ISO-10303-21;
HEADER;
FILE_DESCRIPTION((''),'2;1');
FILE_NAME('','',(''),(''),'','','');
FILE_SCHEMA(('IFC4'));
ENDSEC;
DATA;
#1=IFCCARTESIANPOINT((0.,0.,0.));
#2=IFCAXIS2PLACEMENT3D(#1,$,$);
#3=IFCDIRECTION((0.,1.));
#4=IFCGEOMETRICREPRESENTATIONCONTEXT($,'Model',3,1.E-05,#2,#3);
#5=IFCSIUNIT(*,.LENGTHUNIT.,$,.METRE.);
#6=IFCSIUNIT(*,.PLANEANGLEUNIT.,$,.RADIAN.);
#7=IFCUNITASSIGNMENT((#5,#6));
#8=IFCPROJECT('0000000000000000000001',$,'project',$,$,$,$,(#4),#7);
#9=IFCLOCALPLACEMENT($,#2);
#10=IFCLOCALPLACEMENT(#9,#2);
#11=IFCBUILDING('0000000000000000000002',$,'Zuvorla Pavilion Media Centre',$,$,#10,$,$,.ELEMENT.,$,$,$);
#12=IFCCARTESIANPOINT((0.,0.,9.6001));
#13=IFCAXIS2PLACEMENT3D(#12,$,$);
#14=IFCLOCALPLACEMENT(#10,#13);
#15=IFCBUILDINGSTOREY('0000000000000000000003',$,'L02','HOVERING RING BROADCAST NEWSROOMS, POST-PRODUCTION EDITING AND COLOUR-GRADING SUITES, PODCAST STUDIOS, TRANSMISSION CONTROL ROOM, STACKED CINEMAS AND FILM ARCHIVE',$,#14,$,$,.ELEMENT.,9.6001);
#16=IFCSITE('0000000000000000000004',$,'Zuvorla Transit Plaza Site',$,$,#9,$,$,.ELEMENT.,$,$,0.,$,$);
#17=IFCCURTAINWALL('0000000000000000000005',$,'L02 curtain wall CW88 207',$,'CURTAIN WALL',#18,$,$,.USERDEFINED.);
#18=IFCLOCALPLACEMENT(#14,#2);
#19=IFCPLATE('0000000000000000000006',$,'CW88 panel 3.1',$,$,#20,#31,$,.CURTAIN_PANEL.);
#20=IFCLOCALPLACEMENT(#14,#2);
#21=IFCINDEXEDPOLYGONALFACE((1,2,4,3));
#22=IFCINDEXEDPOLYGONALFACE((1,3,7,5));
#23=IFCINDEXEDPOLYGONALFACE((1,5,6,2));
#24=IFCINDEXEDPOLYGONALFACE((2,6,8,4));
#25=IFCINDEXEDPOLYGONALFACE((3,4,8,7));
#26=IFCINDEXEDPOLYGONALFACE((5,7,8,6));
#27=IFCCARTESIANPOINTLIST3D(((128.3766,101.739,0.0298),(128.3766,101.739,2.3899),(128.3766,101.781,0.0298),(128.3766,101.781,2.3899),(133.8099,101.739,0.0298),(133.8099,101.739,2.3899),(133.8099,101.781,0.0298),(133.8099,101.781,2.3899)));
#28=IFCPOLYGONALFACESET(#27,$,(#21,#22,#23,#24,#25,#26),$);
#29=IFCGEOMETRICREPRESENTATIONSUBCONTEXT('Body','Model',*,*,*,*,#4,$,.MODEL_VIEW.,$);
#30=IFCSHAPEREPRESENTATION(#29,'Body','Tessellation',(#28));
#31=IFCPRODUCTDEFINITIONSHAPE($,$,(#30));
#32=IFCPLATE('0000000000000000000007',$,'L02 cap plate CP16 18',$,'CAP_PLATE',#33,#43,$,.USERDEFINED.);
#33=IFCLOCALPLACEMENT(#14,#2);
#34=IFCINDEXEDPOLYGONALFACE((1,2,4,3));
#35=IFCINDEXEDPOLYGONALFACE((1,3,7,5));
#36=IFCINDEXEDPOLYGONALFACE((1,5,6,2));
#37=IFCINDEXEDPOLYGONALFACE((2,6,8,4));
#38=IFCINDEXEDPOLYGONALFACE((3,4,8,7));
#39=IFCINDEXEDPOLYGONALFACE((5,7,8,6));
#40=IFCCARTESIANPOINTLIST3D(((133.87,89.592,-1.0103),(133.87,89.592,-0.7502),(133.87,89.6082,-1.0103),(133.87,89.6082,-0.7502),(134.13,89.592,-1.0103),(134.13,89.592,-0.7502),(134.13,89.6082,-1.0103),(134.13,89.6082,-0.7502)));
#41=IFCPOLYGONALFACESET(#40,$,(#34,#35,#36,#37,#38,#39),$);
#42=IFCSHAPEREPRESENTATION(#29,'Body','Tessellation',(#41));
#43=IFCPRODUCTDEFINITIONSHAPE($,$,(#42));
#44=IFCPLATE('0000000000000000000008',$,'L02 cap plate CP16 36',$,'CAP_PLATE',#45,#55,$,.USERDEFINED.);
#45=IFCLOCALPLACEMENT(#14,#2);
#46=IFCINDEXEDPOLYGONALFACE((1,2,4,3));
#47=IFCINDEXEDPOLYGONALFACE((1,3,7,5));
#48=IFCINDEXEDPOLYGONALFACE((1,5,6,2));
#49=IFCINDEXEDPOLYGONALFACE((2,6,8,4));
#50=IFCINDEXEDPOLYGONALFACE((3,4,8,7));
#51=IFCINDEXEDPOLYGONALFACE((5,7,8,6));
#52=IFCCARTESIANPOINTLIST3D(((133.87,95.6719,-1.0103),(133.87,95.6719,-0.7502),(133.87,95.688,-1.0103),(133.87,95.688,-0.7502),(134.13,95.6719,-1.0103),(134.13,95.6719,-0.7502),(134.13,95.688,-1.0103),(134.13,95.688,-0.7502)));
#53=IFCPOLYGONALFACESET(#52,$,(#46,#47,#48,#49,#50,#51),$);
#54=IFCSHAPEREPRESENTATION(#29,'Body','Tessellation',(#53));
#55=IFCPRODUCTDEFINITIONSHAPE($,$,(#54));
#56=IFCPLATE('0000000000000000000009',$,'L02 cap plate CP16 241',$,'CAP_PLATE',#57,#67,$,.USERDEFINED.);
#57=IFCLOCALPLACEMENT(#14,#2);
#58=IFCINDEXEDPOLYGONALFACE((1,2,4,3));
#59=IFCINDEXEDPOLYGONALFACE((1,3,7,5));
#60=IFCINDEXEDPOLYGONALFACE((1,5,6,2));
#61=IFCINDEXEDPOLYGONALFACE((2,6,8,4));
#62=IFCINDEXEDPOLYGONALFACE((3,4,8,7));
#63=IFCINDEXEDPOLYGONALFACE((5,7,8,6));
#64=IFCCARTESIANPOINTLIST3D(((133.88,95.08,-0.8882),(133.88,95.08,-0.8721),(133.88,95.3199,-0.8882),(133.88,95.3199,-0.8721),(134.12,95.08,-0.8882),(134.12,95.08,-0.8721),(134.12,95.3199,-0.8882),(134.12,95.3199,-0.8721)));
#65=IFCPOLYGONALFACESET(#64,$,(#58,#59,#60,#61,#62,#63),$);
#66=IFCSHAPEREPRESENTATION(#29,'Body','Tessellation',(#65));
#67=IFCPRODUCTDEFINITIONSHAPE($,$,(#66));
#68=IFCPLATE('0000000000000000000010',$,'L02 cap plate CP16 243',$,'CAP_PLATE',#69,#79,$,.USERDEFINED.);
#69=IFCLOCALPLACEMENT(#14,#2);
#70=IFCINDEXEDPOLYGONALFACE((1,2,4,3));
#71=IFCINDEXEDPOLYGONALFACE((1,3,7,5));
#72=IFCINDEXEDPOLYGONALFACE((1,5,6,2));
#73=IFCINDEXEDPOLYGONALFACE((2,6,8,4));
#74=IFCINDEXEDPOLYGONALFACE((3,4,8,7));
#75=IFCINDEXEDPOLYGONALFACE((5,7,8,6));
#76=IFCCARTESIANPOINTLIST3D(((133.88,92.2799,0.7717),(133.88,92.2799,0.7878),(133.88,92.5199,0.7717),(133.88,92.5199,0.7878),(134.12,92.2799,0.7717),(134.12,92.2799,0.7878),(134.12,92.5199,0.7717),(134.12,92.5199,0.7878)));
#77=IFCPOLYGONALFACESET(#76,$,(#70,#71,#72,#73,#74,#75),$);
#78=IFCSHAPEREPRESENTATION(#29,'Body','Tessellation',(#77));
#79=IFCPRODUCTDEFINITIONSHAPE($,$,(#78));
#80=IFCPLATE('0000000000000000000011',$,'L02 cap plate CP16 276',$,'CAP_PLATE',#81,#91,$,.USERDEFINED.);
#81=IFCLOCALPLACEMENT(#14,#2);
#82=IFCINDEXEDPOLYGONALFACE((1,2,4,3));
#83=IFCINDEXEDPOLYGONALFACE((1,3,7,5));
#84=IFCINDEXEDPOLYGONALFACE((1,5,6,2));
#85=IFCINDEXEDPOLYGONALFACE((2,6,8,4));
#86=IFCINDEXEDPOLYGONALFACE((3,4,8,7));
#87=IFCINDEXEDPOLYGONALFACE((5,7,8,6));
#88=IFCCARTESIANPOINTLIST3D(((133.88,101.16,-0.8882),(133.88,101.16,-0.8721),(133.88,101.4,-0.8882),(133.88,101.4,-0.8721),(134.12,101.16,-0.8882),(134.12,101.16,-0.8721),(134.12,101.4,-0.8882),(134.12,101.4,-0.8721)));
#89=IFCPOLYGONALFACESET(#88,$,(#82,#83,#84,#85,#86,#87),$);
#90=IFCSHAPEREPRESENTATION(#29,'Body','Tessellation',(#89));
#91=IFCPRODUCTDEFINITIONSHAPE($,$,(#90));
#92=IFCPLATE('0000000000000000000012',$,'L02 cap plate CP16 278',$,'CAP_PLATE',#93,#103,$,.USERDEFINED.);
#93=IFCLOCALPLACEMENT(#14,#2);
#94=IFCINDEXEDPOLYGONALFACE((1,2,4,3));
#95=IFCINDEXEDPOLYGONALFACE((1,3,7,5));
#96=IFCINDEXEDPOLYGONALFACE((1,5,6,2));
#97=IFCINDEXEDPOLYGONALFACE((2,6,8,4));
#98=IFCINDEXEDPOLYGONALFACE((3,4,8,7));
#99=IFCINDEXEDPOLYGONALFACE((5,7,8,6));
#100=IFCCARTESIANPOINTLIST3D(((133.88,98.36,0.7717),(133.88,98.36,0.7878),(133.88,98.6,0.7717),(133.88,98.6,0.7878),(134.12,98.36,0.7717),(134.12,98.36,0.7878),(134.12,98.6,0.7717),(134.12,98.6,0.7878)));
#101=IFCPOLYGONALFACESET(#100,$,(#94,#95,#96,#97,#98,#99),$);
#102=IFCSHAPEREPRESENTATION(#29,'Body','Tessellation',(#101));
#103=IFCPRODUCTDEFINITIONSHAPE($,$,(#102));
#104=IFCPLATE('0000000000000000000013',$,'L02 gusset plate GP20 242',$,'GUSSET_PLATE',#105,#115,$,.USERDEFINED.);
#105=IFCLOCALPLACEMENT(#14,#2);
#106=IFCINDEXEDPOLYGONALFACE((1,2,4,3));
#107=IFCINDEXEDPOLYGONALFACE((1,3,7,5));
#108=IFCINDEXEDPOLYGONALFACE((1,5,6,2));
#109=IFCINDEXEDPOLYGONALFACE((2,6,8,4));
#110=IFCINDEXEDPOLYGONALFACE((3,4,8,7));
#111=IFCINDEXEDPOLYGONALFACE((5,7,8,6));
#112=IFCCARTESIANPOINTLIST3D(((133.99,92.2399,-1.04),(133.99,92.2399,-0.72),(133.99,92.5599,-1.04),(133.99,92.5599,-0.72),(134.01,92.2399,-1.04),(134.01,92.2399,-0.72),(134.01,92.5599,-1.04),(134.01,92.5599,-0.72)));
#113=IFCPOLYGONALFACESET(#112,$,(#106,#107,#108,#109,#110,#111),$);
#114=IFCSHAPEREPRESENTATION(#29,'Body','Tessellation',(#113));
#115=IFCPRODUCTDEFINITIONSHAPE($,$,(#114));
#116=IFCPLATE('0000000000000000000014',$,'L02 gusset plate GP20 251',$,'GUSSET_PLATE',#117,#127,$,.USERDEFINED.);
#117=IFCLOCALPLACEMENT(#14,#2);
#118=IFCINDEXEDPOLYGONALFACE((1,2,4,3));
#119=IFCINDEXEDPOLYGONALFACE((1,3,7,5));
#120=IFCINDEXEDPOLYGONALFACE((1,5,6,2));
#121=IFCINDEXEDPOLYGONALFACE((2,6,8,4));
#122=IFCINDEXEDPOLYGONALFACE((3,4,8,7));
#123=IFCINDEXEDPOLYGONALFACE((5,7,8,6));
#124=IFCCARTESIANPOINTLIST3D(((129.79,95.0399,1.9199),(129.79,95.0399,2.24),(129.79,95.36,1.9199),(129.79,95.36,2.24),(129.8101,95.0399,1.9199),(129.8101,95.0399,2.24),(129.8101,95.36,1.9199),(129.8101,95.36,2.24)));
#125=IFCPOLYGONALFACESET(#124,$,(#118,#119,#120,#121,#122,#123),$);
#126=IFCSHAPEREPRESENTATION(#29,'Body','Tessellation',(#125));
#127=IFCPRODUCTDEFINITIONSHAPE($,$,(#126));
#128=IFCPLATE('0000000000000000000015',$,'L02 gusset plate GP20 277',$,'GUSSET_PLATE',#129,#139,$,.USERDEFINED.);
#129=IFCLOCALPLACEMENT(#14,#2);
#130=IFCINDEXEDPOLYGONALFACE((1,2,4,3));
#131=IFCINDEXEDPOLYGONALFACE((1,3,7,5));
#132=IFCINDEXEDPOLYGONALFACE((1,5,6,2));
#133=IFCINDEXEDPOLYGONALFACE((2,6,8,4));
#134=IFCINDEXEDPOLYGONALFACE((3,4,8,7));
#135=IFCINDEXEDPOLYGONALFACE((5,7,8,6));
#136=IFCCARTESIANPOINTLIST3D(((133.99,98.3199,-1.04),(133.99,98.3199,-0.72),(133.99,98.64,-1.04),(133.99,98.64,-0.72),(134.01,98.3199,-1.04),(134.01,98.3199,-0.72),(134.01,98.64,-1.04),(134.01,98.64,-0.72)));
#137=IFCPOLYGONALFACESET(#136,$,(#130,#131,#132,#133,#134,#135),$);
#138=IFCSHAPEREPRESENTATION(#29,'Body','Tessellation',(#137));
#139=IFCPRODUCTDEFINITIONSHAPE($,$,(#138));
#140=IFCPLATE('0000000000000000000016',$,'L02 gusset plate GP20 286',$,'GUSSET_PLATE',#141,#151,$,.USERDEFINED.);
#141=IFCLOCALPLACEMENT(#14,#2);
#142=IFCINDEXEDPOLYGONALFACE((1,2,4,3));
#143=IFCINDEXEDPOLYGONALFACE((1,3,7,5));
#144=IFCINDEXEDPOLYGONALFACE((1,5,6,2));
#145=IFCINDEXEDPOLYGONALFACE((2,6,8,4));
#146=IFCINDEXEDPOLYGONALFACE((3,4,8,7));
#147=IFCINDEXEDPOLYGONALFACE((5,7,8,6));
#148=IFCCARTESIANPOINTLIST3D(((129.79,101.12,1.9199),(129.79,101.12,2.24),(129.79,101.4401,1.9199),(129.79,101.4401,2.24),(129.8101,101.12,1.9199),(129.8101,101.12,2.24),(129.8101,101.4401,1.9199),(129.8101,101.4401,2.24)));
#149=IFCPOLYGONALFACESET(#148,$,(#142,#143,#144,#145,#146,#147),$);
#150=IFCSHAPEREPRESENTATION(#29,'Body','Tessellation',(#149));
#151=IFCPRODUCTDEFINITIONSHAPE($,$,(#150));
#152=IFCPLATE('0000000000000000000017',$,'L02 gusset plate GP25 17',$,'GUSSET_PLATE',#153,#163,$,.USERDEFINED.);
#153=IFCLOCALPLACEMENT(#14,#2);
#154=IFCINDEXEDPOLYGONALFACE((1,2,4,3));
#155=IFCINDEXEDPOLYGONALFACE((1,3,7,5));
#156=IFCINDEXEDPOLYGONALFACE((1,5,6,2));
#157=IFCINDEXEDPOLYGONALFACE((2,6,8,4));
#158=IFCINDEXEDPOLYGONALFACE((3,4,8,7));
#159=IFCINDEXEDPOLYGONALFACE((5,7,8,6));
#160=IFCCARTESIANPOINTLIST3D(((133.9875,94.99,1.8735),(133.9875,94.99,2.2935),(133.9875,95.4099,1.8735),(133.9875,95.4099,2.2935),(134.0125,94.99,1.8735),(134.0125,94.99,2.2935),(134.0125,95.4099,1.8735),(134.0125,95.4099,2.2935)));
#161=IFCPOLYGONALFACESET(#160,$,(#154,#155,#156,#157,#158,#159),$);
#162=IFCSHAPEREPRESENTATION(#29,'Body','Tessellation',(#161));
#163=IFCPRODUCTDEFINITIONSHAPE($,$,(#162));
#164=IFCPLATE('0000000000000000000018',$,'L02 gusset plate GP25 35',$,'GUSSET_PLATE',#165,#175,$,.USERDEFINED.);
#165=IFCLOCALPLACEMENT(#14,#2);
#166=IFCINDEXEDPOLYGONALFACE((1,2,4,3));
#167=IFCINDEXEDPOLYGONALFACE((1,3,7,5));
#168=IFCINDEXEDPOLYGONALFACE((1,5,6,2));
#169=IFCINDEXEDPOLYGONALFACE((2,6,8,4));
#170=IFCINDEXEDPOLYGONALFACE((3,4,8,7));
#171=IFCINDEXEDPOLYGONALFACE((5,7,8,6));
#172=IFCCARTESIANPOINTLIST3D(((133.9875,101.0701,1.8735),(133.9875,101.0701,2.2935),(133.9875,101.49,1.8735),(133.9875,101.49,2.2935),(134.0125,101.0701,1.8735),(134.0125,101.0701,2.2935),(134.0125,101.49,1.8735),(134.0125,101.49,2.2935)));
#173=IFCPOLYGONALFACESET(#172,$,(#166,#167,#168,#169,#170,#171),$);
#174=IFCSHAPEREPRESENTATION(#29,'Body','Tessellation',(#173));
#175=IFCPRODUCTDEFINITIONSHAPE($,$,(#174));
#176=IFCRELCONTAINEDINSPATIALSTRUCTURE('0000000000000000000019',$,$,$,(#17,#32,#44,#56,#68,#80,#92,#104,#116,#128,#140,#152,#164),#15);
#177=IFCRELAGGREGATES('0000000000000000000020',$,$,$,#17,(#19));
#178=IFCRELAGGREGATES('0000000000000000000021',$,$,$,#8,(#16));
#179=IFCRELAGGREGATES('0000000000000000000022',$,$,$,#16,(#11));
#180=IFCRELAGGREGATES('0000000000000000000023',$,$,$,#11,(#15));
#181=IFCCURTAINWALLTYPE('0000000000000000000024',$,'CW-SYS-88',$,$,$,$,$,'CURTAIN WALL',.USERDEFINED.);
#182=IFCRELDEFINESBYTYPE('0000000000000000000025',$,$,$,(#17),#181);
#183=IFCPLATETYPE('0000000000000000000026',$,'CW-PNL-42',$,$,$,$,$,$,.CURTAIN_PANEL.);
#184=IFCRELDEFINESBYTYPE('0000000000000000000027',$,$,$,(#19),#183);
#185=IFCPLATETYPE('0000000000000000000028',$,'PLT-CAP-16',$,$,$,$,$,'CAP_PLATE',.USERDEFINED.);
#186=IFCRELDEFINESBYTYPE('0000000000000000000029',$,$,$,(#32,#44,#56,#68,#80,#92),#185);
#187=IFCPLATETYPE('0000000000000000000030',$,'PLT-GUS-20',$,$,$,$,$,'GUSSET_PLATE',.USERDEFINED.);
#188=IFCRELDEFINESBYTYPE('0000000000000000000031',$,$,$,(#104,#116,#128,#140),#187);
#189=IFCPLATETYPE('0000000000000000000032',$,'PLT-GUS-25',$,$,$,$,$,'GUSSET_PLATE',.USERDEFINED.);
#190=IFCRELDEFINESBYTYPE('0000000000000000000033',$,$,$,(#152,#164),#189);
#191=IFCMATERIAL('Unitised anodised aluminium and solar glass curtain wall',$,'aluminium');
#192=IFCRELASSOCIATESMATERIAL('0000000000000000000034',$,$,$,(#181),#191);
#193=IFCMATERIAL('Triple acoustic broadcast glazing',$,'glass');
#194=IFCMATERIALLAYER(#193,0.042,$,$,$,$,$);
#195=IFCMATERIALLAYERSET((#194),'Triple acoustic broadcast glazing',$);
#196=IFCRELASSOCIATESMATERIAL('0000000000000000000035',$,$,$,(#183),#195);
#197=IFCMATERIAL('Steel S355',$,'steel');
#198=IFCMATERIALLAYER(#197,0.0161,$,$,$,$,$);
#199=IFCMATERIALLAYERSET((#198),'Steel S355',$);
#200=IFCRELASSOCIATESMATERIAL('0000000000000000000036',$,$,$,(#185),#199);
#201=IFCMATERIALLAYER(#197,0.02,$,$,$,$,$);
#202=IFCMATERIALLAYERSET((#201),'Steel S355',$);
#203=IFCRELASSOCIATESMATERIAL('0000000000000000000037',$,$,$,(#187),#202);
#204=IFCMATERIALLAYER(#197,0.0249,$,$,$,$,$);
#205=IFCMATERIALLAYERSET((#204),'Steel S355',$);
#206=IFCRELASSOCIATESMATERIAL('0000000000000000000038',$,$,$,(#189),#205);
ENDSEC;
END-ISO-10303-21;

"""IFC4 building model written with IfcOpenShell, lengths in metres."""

from ifc_helpers import new_model, si_unit, direction, frame, origin, origin_2d, place, context, subcontext, project, spatial, rectangle, extrude, material, layer, layer_set, type_object, element, aggregate, save


model = new_model("IFC4")

# Units and contexts
model_context = context("Model", 3, precision=1e-05, world=origin(), true_north=direction((0.0, 1.0)))
body_context = subcontext(model_context, "Body", "Model", "MODEL_VIEW")
ifc_project = project(units=[si_unit("LENGTHUNIT", "METRE"), si_unit("PLANEANGLEUNIT", "RADIAN")], contexts=[model_context])

# Site, building, storey
site_placement = place(None, origin())
site = spatial("IfcSite", under=ifc_project, at=site_placement, Name="Zuvorla Transit Plaza Site", CompositionType="ELEMENT", RefElevation=0.0)
building_placement = place(site_placement, origin())
building = spatial("IfcBuilding", under=site, at=building_placement, Name="Zuvorla Pavilion Media Centre", CompositionType="ELEMENT")
storey_placement = place(building_placement, frame((0.0, 0.0, 9.6001)))
storey = spatial("IfcBuildingStorey", under=building, at=storey_placement, Name="L02", Description="HOVERING RING BROADCAST NEWSROOMS, POST-PRODUCTION EDITING AND COLOUR-GRADING SUITES, PODCAST STUDIOS, TRANSMISSION CONTROL ROOM, STACKED CINEMAS AND FILM ARCHIVE", CompositionType="ELEMENT", Elevation=9.6001)

# Shared definitions
ifc_material_1 = material(Name="Unitised anodised aluminium and solar glass curtain wall", Category="aluminium")
curtain_wall_type = type_object("IfcCurtainWallType", Name="CW-SYS-88", ElementType="CURTAIN WALL", PredefinedType="USERDEFINED", material=ifc_material_1)

# Shared definitions
ifc_material_2 = material(Name="Steel S355", Category="steel")

# Shared definitions
ifc_material_3 = material(Name="Triple acoustic broadcast glazing", Category="glass")
ifc_layer_1 = layer(ifc_material_3, 0.042)
ifc_layer_set_1 = layer_set([ifc_layer_1], Name="Triple acoustic broadcast glazing")
plate_type_1 = type_object("IfcPlateType", Name="CW-PNL-42", PredefinedType="CURTAIN_PANEL", material=ifc_layer_set_1)

# Curtain wall, plate
curtain_wall_1_placement = place(storey_placement, origin())
curtain_wall_1 = element("IfcCurtainWall", 1, at=curtain_wall_1_placement, inside=storey, type_object=curtain_wall_type, Name="L02 curtain wall CW88 207", ObjectType="CURTAIN WALL", PredefinedType="USERDEFINED")
plate_1_placement = place(storey_placement, frame((131.0933, 101.76, 0.0298), z_axis=(0.0, 0.0, 1.0), x_axis=(1.0, 0.0, 0.0)))
plate_1 = element("IfcPlate", 2, at=plate_1_placement, type_object=plate_type_1, Name="CW88 panel 3.1", PredefinedType="CURTAIN_PANEL", context=body_context, shape_type="SweptSolid", body=[
    extrude(rectangle(XDim=5.4333, YDim=0.042, at=origin_2d()), origin(), (0.0, 0.0, 1.0), 2.3601),
])
aggregate(curtain_wall_1, [plate_1])

# Plates
ifc_layer_2 = layer(ifc_material_2, 0.0161)
ifc_layer_set_2 = layer_set([ifc_layer_2], Name="Steel S355")
plate_type_2 = type_object("IfcPlateType", Name="PLT-CAP-16", ElementType="CAP_PLATE", PredefinedType="USERDEFINED", material=ifc_layer_set_2)
for number, where, z_axis, x_axis, name in (
    (3, (134.0, 89.6001, -1.0103), (0.0, 0.0, 1.0), (1.0, 0.0, 0.0), "L02 cap plate CP16 18"),
    (4, (134.0, 95.6799, -1.0103), (0.0, 0.0, 1.0), (1.0, 0.0, 0.0), "L02 cap plate CP16 36"),
):
    element("IfcPlate", number, at=place(storey_placement, frame(where, z_axis=z_axis, x_axis=x_axis)), inside=storey, type_object=plate_type_2, Name=name, ObjectType="CAP_PLATE", PredefinedType="USERDEFINED", context=body_context, shape_type="SweptSolid", body=[
        extrude(rectangle(XDim=0.26, YDim=0.0161, at=origin_2d()), origin(), (0.0, 0.0, 1.0), 0.26),
    ])
for number, where, z_axis, x_axis, name in (
    (5, (134.0, 95.2, -0.8882), (0.0, 0.0, 1.0), (1.0, 0.0, 0.0), "L02 cap plate CP16 241"),
    (6, (134.0, 92.3999, 0.7717), (0.0, 0.0, 1.0), (1.0, 0.0, 0.0), "L02 cap plate CP16 243"),
    (7, (134.0, 101.28, -0.8882), (0.0, 0.0, 1.0), (1.0, 0.0, 0.0), "L02 cap plate CP16 276"),
    (8, (134.0, 98.48, 0.7717), (0.0, 0.0, 1.0), (1.0, 0.0, 0.0), "L02 cap plate CP16 278"),
):
    element("IfcPlate", number, at=place(storey_placement, frame(where, z_axis=z_axis, x_axis=x_axis)), inside=storey, type_object=plate_type_2, Name=name, ObjectType="CAP_PLATE", PredefinedType="USERDEFINED", context=body_context, shape_type="SweptSolid", body=[
        extrude(rectangle(XDim=0.24, YDim=0.24, at=origin_2d()), origin(), (0.0, 0.0, 1.0), 0.0161),
    ])
ifc_layer_3 = layer(ifc_material_2, 0.02)
ifc_layer_set_3 = layer_set([ifc_layer_3], Name="Steel S355")
plate_type_3 = type_object("IfcPlateType", Name="PLT-GUS-20", ElementType="GUSSET_PLATE", PredefinedType="USERDEFINED", material=ifc_layer_set_3)
for number, where, z_axis, x_axis, name in (
    (9, (134.0, 92.3999, -1.04), (0.0, 0.0, 1.0), (1.0, 0.0, 0.0), "L02 gusset plate GP20 242"),
    (10, (129.8, 95.2, 1.9199), (0.0, 0.0, 1.0), (1.0, 0.0, 0.0), "L02 gusset plate GP20 251"),
    (11, (134.0, 98.48, -1.04), (0.0, 0.0, 1.0), (1.0, 0.0, 0.0), "L02 gusset plate GP20 277"),
    (12, (129.8, 101.28, 1.9199), (0.0, 0.0, 1.0), (1.0, 0.0, 0.0), "L02 gusset plate GP20 286"),
):
    element("IfcPlate", number, at=place(storey_placement, frame(where, z_axis=z_axis, x_axis=x_axis)), inside=storey, type_object=plate_type_3, Name=name, ObjectType="GUSSET_PLATE", PredefinedType="USERDEFINED", context=body_context, shape_type="SweptSolid", body=[
        extrude(rectangle(XDim=0.02, YDim=0.3201, at=origin_2d()), origin(), (0.0, 0.0, 1.0), 0.3201),
    ])
ifc_layer_4 = layer(ifc_material_2, 0.0249)
ifc_layer_set_4 = layer_set([ifc_layer_4], Name="Steel S355")
plate_type_4 = type_object("IfcPlateType", Name="PLT-GUS-25", ElementType="GUSSET_PLATE", PredefinedType="USERDEFINED", material=ifc_layer_set_4)
for number, where, z_axis, x_axis, name in (
    (13, (134.0, 95.2, 1.8735), (0.0, 0.0, 1.0), (1.0, 0.0, 0.0), "L02 gusset plate GP25 17"),
    (14, (134.0, 101.28, 1.8735), (0.0, 0.0, 1.0), (1.0, 0.0, 0.0), "L02 gusset plate GP25 35"),
):
    element("IfcPlate", number, at=place(storey_placement, frame(where, z_axis=z_axis, x_axis=x_axis)), inside=storey, type_object=plate_type_4, Name=name, ObjectType="GUSSET_PLATE", PredefinedType="USERDEFINED", context=body_context, shape_type="SweptSolid", body=[
        extrude(rectangle(XDim=0.0249, YDim=0.4199, at=origin_2d()), origin(), (0.0, 0.0, 1.0), 0.4199),
    ])

save(model, "model.ifc")
